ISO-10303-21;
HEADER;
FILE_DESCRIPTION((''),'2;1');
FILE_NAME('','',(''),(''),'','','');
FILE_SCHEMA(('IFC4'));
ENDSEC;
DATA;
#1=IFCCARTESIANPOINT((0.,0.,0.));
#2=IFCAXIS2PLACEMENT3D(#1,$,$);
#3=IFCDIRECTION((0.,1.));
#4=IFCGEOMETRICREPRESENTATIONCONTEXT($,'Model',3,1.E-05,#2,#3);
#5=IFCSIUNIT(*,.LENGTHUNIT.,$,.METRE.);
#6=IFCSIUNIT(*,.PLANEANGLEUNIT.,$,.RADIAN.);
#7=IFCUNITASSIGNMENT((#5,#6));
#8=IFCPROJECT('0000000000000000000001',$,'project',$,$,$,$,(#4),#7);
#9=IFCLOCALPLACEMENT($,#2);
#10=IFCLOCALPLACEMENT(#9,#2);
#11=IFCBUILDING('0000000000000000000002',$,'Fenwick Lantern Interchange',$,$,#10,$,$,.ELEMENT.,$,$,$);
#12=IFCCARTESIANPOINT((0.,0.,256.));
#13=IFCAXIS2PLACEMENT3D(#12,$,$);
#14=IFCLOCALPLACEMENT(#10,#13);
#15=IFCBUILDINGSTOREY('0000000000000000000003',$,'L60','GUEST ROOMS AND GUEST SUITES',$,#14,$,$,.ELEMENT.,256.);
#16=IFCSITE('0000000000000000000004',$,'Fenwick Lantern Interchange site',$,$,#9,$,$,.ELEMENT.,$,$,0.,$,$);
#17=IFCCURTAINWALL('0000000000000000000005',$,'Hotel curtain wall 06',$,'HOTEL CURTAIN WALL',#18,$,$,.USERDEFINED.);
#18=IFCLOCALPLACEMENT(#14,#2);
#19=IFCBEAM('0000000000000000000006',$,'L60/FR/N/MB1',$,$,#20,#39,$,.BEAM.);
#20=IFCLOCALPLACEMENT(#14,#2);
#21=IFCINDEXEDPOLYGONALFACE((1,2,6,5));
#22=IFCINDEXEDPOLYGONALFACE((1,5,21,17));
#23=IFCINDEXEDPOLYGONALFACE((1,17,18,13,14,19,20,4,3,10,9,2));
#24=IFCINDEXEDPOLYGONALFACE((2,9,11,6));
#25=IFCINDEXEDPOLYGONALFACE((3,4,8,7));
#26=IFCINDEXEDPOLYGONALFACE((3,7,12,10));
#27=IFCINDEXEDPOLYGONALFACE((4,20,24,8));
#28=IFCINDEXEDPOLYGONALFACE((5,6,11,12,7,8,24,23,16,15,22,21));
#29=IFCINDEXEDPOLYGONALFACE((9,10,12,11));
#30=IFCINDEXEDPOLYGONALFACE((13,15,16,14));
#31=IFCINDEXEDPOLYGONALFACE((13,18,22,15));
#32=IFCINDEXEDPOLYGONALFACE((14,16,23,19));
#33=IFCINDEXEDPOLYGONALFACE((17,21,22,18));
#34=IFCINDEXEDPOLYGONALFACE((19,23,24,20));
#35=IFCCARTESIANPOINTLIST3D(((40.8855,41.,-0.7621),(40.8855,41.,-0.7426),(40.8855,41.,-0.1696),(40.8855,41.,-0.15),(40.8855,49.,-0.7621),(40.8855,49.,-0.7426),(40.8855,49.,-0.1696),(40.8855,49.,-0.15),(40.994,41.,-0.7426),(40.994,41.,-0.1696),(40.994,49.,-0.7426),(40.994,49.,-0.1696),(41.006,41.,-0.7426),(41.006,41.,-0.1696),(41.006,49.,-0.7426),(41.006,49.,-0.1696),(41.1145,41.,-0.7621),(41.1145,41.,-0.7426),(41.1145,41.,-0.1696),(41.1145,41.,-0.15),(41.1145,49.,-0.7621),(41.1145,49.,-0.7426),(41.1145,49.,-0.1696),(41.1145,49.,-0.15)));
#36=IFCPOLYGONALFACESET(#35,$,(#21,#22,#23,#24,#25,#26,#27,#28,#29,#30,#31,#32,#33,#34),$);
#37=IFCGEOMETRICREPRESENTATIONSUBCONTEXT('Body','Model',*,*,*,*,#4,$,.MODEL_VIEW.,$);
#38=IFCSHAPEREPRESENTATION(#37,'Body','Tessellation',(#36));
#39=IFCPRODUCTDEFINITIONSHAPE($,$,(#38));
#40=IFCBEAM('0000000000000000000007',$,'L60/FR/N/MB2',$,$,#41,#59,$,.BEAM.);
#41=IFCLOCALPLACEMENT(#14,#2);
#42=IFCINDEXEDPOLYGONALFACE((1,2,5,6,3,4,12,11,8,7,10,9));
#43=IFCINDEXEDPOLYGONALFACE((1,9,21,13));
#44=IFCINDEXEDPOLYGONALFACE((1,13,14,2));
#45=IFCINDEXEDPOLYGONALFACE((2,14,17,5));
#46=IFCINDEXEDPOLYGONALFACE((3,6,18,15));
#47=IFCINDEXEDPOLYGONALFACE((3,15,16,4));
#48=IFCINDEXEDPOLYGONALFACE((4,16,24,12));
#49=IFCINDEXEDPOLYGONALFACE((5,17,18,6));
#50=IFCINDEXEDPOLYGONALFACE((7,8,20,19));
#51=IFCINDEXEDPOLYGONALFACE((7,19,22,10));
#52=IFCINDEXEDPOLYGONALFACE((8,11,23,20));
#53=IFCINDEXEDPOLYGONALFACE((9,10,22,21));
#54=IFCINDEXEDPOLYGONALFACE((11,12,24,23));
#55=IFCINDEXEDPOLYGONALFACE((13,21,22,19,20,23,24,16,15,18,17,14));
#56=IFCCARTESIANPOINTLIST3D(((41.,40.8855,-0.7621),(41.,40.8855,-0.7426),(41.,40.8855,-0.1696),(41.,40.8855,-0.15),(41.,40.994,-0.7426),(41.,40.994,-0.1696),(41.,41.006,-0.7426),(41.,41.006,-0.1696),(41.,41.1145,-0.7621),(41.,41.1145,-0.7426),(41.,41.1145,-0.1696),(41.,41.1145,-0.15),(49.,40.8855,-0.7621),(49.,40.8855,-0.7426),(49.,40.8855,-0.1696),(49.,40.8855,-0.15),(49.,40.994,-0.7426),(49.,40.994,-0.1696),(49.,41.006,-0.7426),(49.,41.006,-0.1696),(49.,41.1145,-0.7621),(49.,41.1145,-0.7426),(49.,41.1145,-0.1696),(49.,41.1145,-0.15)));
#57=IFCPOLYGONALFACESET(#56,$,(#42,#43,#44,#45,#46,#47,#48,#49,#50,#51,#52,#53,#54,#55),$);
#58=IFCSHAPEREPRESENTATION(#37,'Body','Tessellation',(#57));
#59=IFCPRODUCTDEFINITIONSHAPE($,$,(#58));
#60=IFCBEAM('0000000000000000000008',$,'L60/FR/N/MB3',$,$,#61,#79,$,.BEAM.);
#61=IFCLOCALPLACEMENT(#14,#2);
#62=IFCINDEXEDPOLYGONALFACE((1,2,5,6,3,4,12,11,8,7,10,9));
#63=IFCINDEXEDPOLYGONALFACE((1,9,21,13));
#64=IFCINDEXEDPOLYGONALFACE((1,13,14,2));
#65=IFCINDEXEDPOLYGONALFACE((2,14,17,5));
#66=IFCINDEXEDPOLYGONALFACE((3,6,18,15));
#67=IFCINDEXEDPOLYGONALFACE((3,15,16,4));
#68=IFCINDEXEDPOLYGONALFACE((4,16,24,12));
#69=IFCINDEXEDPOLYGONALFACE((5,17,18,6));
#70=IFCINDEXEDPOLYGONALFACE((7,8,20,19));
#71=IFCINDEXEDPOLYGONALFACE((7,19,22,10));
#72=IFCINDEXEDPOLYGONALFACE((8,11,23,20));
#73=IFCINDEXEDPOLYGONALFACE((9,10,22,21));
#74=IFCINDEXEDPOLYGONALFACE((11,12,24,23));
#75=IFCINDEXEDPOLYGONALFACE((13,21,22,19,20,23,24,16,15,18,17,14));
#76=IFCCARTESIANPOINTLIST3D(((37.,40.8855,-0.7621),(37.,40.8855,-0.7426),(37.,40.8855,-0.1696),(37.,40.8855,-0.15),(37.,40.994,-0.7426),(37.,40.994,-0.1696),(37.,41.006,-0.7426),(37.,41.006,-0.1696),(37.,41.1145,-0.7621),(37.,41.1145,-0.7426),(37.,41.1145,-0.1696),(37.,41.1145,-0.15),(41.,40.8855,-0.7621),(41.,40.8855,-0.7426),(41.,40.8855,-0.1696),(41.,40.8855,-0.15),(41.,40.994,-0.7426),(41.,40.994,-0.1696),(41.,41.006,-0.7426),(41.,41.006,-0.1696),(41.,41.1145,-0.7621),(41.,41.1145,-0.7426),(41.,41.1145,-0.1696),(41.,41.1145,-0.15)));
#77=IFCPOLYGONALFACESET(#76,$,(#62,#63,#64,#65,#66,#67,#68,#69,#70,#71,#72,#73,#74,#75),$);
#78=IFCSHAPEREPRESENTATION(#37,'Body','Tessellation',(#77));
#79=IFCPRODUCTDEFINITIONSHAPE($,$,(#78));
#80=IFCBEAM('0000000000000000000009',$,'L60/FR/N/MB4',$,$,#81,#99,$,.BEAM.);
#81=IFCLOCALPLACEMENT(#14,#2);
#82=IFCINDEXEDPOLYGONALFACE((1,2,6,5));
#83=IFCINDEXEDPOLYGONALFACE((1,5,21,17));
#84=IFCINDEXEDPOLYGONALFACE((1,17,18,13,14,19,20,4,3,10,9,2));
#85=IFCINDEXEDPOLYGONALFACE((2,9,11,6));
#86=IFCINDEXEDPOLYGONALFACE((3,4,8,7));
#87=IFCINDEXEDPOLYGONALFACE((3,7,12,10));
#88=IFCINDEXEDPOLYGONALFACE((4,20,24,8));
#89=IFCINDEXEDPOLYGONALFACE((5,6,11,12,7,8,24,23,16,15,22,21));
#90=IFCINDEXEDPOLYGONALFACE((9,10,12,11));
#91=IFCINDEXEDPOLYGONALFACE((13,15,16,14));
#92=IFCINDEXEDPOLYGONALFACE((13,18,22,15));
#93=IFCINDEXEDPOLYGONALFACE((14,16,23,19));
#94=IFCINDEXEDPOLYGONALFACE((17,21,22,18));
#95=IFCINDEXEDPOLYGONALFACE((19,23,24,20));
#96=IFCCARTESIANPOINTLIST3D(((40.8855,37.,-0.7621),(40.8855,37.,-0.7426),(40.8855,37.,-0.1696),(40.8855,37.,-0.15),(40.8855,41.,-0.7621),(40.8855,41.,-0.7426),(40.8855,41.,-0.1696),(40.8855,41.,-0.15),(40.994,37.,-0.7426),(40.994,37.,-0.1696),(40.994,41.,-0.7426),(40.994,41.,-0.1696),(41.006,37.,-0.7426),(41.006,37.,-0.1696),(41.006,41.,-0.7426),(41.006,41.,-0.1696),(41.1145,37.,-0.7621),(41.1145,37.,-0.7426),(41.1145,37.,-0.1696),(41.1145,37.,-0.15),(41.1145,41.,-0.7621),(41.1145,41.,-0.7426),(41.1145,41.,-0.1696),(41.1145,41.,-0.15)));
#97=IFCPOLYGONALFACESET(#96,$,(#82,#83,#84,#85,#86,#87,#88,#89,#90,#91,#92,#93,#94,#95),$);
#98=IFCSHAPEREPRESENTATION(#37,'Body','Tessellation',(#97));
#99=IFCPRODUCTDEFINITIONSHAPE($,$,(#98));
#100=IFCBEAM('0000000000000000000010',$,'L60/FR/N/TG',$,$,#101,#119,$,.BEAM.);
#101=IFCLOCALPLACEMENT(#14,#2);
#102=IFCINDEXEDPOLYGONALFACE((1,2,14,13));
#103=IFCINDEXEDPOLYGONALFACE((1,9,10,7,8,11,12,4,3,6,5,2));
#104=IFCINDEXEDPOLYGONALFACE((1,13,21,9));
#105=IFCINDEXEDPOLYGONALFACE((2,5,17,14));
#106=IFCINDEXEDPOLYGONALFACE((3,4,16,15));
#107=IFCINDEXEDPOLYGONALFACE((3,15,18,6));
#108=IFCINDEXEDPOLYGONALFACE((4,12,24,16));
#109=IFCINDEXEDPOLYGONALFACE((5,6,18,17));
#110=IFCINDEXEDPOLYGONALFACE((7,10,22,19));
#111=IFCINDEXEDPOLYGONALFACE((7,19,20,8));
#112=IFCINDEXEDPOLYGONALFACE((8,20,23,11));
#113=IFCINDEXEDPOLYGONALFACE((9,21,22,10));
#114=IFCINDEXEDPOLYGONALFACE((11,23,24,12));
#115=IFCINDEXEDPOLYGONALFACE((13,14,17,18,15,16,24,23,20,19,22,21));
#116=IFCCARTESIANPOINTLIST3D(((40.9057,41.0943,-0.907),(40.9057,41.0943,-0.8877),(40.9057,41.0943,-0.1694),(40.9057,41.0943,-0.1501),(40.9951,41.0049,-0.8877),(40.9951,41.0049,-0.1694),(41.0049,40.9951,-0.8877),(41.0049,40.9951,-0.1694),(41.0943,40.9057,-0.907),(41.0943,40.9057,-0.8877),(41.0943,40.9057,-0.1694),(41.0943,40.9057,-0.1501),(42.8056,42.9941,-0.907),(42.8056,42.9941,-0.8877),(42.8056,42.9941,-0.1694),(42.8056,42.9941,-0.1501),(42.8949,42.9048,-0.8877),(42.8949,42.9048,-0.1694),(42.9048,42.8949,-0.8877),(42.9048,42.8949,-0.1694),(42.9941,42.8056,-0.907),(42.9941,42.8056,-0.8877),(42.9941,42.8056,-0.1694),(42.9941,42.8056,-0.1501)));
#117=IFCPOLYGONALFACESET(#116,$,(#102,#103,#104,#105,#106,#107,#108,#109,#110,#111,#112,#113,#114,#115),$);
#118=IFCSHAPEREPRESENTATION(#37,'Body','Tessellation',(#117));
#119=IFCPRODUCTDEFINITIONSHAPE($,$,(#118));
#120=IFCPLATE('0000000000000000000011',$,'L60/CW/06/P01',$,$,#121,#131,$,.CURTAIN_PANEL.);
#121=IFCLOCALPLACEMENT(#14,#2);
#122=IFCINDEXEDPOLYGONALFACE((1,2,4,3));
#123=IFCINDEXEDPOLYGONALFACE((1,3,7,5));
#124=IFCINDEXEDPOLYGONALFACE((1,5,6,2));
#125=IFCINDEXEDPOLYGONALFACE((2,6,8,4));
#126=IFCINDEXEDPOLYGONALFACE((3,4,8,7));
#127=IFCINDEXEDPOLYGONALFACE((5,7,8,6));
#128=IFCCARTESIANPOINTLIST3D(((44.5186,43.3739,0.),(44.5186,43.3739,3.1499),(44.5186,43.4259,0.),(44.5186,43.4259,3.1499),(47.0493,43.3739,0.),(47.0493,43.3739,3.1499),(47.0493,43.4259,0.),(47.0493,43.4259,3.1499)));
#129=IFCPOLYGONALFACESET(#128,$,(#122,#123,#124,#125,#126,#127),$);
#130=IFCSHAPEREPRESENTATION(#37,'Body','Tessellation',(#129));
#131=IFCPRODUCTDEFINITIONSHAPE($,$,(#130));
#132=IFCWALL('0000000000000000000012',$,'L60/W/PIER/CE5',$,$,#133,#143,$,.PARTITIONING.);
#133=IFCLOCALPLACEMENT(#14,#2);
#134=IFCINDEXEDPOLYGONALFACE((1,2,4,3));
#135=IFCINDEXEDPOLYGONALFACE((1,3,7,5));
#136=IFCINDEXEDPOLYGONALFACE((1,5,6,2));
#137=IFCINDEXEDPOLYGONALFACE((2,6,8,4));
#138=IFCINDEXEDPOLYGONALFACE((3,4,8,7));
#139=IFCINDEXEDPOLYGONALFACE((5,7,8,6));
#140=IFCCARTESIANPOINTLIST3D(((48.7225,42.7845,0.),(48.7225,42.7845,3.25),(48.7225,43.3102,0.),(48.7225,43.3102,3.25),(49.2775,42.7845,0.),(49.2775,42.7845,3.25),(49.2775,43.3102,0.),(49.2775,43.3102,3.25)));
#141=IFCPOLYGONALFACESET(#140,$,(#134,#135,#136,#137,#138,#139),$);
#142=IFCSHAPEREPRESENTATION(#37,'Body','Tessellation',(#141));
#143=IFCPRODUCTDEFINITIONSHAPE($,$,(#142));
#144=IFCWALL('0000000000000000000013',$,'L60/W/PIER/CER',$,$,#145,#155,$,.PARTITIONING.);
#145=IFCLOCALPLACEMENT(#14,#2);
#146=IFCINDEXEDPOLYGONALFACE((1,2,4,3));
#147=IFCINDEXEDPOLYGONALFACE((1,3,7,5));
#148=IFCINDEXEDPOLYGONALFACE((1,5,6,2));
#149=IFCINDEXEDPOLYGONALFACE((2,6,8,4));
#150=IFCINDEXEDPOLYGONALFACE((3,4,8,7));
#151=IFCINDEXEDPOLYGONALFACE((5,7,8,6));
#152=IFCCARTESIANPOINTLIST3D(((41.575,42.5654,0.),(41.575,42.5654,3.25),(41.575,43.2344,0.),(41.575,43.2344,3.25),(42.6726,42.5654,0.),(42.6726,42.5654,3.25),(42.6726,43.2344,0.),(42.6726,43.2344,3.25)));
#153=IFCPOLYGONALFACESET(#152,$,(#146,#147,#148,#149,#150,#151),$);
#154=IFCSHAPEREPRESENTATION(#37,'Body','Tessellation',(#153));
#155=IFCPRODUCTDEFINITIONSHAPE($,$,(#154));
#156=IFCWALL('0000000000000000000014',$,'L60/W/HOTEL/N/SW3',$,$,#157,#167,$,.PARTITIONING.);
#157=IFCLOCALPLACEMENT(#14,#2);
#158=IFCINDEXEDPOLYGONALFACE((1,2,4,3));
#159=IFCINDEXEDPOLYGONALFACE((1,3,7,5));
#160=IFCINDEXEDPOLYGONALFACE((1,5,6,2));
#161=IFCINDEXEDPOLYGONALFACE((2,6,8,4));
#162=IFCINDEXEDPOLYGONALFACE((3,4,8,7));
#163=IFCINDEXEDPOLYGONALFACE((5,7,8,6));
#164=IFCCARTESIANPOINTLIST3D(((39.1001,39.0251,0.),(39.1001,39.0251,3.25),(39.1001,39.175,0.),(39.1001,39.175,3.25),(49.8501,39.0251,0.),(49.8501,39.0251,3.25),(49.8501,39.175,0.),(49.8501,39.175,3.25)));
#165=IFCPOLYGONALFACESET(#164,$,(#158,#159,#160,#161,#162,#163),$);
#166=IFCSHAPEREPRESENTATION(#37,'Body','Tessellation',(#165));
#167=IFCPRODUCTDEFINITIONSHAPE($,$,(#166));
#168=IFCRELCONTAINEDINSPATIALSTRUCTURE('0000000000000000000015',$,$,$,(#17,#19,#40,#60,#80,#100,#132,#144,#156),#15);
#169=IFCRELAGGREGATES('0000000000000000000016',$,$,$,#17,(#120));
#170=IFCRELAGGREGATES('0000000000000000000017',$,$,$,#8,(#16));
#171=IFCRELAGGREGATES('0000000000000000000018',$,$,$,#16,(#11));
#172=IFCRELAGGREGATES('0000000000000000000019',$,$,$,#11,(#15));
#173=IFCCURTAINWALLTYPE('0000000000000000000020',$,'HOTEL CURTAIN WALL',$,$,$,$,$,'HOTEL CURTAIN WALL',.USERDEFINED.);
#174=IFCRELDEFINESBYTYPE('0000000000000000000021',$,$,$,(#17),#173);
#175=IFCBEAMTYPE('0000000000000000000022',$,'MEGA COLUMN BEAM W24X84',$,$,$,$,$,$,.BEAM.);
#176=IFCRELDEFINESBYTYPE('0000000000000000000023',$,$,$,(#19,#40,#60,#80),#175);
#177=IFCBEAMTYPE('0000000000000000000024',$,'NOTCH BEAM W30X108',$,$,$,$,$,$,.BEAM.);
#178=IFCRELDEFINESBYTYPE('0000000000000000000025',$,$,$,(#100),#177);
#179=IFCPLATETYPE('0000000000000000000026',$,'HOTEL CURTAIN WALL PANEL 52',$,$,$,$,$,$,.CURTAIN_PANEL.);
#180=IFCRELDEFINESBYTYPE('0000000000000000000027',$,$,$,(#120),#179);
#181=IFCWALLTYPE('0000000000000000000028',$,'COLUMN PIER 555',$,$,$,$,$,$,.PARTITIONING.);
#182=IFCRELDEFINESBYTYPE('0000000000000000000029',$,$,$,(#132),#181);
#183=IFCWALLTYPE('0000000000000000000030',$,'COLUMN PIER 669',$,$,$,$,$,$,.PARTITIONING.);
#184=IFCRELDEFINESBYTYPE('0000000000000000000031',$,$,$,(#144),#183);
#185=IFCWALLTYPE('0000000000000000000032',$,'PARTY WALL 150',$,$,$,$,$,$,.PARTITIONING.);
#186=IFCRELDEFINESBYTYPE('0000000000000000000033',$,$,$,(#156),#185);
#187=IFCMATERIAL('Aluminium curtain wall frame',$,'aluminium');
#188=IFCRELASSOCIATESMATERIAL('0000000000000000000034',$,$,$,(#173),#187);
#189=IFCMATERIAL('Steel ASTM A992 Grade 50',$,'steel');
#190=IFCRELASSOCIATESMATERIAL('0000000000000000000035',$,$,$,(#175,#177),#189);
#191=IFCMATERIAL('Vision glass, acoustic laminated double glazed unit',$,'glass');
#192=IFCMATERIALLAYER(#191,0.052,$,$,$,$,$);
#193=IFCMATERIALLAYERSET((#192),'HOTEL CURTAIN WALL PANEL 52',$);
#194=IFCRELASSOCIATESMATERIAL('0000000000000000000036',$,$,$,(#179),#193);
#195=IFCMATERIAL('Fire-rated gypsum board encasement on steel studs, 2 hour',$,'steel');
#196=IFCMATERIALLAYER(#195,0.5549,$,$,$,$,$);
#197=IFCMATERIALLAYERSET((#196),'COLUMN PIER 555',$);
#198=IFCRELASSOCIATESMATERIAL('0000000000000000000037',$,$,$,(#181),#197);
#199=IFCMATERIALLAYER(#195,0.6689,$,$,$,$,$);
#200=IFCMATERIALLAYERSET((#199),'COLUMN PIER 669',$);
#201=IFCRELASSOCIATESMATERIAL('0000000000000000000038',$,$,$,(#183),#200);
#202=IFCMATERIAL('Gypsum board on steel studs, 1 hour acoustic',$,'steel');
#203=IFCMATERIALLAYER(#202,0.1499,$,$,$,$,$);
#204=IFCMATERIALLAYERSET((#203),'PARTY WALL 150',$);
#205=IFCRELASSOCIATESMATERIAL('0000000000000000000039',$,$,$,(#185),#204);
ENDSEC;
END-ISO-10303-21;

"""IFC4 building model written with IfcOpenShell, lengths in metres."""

from ifc_helpers import new_model, si_unit, direction, frame, frame_2d, origin, origin_2d, place, context, subcontext, project, spatial, rectangle, i_section, extrude, material, layer, layer_set, material_profile, profile_set, type_object, element, aggregate, save


model = new_model("IFC4")

# Units and contexts
model_context = context("Model", 3, precision=1e-05, world=origin(), true_north=direction((0.0, 1.0)))
body_context = subcontext(model_context, "Body", "Model", "MODEL_VIEW")
ifc_project = project(units=[si_unit("LENGTHUNIT", "METRE"), si_unit("PLANEANGLEUNIT", "RADIAN")], contexts=[model_context])

# Site, building, storey
site_placement = place(None, origin())
site = spatial("IfcSite", under=ifc_project, at=site_placement, Name="Fenwick Lantern Interchange site", CompositionType="ELEMENT", RefElevation=0.0)
building_placement = place(site_placement, origin())
building = spatial("IfcBuilding", under=site, at=building_placement, Name="Fenwick Lantern Interchange", CompositionType="ELEMENT")
storey_placement = place(building_placement, frame((0.0, 0.0, 256.0)))
storey = spatial("IfcBuildingStorey", under=building, at=storey_placement, Name="L60", Description="GUEST ROOMS AND GUEST SUITES", CompositionType="ELEMENT", Elevation=256.0)

# Shared definitions
ifc_material_1 = material(Name="Steel ASTM A992 Grade 50", Category="steel")

# Curtain wall
ifc_material_2 = material(Name="Aluminium curtain wall frame", Category="aluminium")
curtain_wall_type = type_object("IfcCurtainWallType", Name="HOTEL CURTAIN WALL", ElementType="HOTEL CURTAIN WALL", PredefinedType="USERDEFINED", material=ifc_material_2)
curtain_wall_1_placement = place(storey_placement, origin())
curtain_wall_1 = element("IfcCurtainWall", 1, at=curtain_wall_1_placement, inside=storey, type_object=curtain_wall_type, Name="Hotel curtain wall 06", ObjectType="HOTEL CURTAIN WALL", PredefinedType="USERDEFINED")

# Beams
ifc_material_profile_1 = material_profile(ifc_material_1, i_section(OverallWidth=0.229, OverallDepth=0.6121, WebThickness=0.012, FlangeThickness=0.0195, at=origin_2d()), Name="W24X84")
ifc_profile_set_1 = profile_set([ifc_material_profile_1], Name="Steel ASTM A992 Grade 50")
beam_type_1 = type_object("IfcBeamType", Name="MEGA COLUMN BEAM W24X84", PredefinedType="BEAM", material=ifc_profile_set_1)
for number, where, z_axis, x_axis, name in (
    (2, (41.0, 41.0, -0.4561), (0.0, 1.0, 0.0), (-1.0, 0.0, 0.0), "L60/FR/N/MB1"),
    (3, (41.0, 41.0, -0.4561), (1.0, 0.0, 0.0), (0.0, 1.0, 0.0), "L60/FR/N/MB2"),
):
    element("IfcBeam", number, at=place(storey_placement, frame(where, z_axis=z_axis, x_axis=x_axis)), inside=storey, type_object=beam_type_1, Name=name, PredefinedType="BEAM", context=body_context, shape_type="SweptSolid", body=[
        extrude(i_section(OverallWidth=0.229, OverallDepth=0.6121, WebThickness=0.012, FlangeThickness=0.0195, at=origin_2d()), origin(), (0.0, 0.0, 1.0), 8.0),
    ])
for number, where, z_axis, x_axis, name in (
    (4, (41.0, 41.0, -0.4561), (-1.0, 0.0, 0.0), (0.0, -1.0, 0.0), "L60/FR/N/MB3"),
    (5, (41.0, 41.0, -0.4561), (0.0, -1.0, 0.0), (1.0, 0.0, 0.0), "L60/FR/N/MB4"),
):
    element("IfcBeam", number, at=place(storey_placement, frame(where, z_axis=z_axis, x_axis=x_axis)), inside=storey, type_object=beam_type_1, Name=name, PredefinedType="BEAM", context=body_context, shape_type="SweptSolid", body=[
        extrude(i_section(OverallWidth=0.229, OverallDepth=0.6121, WebThickness=0.012, FlangeThickness=0.0195, at=origin_2d()), origin(), (0.0, 0.0, 1.0), 4.0),
    ])
ifc_material_profile_2 = material_profile(ifc_material_1, i_section(OverallWidth=0.2666, OverallDepth=0.7568, WebThickness=0.0139, FlangeThickness=0.0193, at=origin_2d()), Name="W30X108")
ifc_profile_set_2 = profile_set([ifc_material_profile_2], Name="Steel ASTM A992 Grade 50")
beam_type_2 = type_object("IfcBeamType", Name="NOTCH BEAM W30X108", PredefinedType="BEAM", material=ifc_profile_set_2)
beam_1_placement = place(storey_placement, frame((41.0, 41.0, -0.5286), z_axis=(0.707107, 0.707107, 0.0), x_axis=(-0.707107, 0.707107, 0.0)))
element("IfcBeam", 6, at=beam_1_placement, inside=storey, type_object=beam_type_2, Name="L60/FR/N/TG", PredefinedType="BEAM", context=body_context, shape_type="SweptSolid", body=[
    extrude(i_section(OverallWidth=0.2666, OverallDepth=0.7568, WebThickness=0.0139, FlangeThickness=0.0193, at=origin_2d()), origin(), (0.0, 0.0, 1.0), 2.6868),
])

# Plate
ifc_material_3 = material(Name="Vision glass, acoustic laminated double glazed unit", Category="glass")
ifc_layer_1 = layer(ifc_material_3, 0.052)
ifc_layer_set_1 = layer_set([ifc_layer_1], Name="HOTEL CURTAIN WALL PANEL 52")
plate_type = type_object("IfcPlateType", Name="HOTEL CURTAIN WALL PANEL 52", PredefinedType="CURTAIN_PANEL", material=ifc_layer_set_1)
plate_placement = place(storey_placement, frame((45.7839, 43.3999, 0.0), z_axis=(0.0, 0.0, 1.0), x_axis=(-1.0, 0.0, 0.0)))
plate = element("IfcPlate", 7, at=plate_placement, type_object=plate_type, Name="L60/CW/06/P01", PredefinedType="CURTAIN_PANEL", context=body_context, shape_type="SweptSolid", body=[
    extrude(rectangle(XDim=2.5308, YDim=0.052, at=origin_2d()), origin(), (0.0, 0.0, 1.0), 3.1499),
])
aggregate(curtain_wall_1, [plate])

# Walls
ifc_material_4 = material(Name="Fire-rated gypsum board encasement on steel studs, 2 hour", Category="steel")
ifc_layer_2 = layer(ifc_material_4, 0.5549)
ifc_layer_set_2 = layer_set([ifc_layer_2], Name="COLUMN PIER 555")
wall_type_1 = type_object("IfcWallType", Name="COLUMN PIER 555", PredefinedType="PARTITIONING", material=ifc_layer_set_2)
wall_1_placement = place(storey_placement, frame((49.0, 43.3101, 0.0), z_axis=(0.0, 0.0, 1.0), x_axis=(0.0, -1.0, 0.0)))
element("IfcWall", 8, at=wall_1_placement, inside=storey, type_object=wall_type_1, Name="L60/W/PIER/CE5", PredefinedType="PARTITIONING", context=body_context, shape_type="SweptSolid", body=[
    extrude(rectangle(XDim=0.5256, YDim=0.5549, at=frame_2d((0.2627, 0.0))), origin(), (0.0, 0.0, 1.0), 3.25),
])
ifc_layer_3 = layer(ifc_material_4, 0.6689)
ifc_layer_set_3 = layer_set([ifc_layer_3], Name="COLUMN PIER 669")
wall_type_2 = type_object("IfcWallType", Name="COLUMN PIER 669", PredefinedType="PARTITIONING", material=ifc_layer_set_3)
wall_2_placement = place(storey_placement, frame((41.575, 42.8999, 0.0), z_axis=(0.0, 0.0, 1.0), x_axis=(1.0, 0.0, 0.0)))
element("IfcWall", 9, at=wall_2_placement, inside=storey, type_object=wall_type_2, Name="L60/W/PIER/CER", PredefinedType="PARTITIONING", context=body_context, shape_type="SweptSolid", body=[
    extrude(rectangle(XDim=1.0977, YDim=0.6689, at=frame_2d((0.5488, 0.0))), origin(), (0.0, 0.0, 1.0), 3.25),
])
ifc_material_5 = material(Name="Gypsum board on steel studs, 1 hour acoustic", Category="steel")
ifc_layer_4 = layer(ifc_material_5, 0.1499)
ifc_layer_set_4 = layer_set([ifc_layer_4], Name="PARTY WALL 150")
wall_type_3 = type_object("IfcWallType", Name="PARTY WALL 150", PredefinedType="PARTITIONING", material=ifc_layer_set_4)
wall_3_placement = place(storey_placement, frame((49.8501, 39.1001, 0.0), z_axis=(0.0, 0.0, 1.0), x_axis=(-1.0, 0.0, 0.0)))
element("IfcWall", 10, at=wall_3_placement, inside=storey, type_object=wall_type_3, Name="L60/W/HOTEL/N/SW3", PredefinedType="PARTITIONING", context=body_context, shape_type="SweptSolid", body=[
    extrude(rectangle(XDim=10.75, YDim=0.1499, at=frame_2d((5.375, 0.0))), origin(), (0.0, 0.0, 1.0), 3.25),
])

save(model, "model.ifc")
